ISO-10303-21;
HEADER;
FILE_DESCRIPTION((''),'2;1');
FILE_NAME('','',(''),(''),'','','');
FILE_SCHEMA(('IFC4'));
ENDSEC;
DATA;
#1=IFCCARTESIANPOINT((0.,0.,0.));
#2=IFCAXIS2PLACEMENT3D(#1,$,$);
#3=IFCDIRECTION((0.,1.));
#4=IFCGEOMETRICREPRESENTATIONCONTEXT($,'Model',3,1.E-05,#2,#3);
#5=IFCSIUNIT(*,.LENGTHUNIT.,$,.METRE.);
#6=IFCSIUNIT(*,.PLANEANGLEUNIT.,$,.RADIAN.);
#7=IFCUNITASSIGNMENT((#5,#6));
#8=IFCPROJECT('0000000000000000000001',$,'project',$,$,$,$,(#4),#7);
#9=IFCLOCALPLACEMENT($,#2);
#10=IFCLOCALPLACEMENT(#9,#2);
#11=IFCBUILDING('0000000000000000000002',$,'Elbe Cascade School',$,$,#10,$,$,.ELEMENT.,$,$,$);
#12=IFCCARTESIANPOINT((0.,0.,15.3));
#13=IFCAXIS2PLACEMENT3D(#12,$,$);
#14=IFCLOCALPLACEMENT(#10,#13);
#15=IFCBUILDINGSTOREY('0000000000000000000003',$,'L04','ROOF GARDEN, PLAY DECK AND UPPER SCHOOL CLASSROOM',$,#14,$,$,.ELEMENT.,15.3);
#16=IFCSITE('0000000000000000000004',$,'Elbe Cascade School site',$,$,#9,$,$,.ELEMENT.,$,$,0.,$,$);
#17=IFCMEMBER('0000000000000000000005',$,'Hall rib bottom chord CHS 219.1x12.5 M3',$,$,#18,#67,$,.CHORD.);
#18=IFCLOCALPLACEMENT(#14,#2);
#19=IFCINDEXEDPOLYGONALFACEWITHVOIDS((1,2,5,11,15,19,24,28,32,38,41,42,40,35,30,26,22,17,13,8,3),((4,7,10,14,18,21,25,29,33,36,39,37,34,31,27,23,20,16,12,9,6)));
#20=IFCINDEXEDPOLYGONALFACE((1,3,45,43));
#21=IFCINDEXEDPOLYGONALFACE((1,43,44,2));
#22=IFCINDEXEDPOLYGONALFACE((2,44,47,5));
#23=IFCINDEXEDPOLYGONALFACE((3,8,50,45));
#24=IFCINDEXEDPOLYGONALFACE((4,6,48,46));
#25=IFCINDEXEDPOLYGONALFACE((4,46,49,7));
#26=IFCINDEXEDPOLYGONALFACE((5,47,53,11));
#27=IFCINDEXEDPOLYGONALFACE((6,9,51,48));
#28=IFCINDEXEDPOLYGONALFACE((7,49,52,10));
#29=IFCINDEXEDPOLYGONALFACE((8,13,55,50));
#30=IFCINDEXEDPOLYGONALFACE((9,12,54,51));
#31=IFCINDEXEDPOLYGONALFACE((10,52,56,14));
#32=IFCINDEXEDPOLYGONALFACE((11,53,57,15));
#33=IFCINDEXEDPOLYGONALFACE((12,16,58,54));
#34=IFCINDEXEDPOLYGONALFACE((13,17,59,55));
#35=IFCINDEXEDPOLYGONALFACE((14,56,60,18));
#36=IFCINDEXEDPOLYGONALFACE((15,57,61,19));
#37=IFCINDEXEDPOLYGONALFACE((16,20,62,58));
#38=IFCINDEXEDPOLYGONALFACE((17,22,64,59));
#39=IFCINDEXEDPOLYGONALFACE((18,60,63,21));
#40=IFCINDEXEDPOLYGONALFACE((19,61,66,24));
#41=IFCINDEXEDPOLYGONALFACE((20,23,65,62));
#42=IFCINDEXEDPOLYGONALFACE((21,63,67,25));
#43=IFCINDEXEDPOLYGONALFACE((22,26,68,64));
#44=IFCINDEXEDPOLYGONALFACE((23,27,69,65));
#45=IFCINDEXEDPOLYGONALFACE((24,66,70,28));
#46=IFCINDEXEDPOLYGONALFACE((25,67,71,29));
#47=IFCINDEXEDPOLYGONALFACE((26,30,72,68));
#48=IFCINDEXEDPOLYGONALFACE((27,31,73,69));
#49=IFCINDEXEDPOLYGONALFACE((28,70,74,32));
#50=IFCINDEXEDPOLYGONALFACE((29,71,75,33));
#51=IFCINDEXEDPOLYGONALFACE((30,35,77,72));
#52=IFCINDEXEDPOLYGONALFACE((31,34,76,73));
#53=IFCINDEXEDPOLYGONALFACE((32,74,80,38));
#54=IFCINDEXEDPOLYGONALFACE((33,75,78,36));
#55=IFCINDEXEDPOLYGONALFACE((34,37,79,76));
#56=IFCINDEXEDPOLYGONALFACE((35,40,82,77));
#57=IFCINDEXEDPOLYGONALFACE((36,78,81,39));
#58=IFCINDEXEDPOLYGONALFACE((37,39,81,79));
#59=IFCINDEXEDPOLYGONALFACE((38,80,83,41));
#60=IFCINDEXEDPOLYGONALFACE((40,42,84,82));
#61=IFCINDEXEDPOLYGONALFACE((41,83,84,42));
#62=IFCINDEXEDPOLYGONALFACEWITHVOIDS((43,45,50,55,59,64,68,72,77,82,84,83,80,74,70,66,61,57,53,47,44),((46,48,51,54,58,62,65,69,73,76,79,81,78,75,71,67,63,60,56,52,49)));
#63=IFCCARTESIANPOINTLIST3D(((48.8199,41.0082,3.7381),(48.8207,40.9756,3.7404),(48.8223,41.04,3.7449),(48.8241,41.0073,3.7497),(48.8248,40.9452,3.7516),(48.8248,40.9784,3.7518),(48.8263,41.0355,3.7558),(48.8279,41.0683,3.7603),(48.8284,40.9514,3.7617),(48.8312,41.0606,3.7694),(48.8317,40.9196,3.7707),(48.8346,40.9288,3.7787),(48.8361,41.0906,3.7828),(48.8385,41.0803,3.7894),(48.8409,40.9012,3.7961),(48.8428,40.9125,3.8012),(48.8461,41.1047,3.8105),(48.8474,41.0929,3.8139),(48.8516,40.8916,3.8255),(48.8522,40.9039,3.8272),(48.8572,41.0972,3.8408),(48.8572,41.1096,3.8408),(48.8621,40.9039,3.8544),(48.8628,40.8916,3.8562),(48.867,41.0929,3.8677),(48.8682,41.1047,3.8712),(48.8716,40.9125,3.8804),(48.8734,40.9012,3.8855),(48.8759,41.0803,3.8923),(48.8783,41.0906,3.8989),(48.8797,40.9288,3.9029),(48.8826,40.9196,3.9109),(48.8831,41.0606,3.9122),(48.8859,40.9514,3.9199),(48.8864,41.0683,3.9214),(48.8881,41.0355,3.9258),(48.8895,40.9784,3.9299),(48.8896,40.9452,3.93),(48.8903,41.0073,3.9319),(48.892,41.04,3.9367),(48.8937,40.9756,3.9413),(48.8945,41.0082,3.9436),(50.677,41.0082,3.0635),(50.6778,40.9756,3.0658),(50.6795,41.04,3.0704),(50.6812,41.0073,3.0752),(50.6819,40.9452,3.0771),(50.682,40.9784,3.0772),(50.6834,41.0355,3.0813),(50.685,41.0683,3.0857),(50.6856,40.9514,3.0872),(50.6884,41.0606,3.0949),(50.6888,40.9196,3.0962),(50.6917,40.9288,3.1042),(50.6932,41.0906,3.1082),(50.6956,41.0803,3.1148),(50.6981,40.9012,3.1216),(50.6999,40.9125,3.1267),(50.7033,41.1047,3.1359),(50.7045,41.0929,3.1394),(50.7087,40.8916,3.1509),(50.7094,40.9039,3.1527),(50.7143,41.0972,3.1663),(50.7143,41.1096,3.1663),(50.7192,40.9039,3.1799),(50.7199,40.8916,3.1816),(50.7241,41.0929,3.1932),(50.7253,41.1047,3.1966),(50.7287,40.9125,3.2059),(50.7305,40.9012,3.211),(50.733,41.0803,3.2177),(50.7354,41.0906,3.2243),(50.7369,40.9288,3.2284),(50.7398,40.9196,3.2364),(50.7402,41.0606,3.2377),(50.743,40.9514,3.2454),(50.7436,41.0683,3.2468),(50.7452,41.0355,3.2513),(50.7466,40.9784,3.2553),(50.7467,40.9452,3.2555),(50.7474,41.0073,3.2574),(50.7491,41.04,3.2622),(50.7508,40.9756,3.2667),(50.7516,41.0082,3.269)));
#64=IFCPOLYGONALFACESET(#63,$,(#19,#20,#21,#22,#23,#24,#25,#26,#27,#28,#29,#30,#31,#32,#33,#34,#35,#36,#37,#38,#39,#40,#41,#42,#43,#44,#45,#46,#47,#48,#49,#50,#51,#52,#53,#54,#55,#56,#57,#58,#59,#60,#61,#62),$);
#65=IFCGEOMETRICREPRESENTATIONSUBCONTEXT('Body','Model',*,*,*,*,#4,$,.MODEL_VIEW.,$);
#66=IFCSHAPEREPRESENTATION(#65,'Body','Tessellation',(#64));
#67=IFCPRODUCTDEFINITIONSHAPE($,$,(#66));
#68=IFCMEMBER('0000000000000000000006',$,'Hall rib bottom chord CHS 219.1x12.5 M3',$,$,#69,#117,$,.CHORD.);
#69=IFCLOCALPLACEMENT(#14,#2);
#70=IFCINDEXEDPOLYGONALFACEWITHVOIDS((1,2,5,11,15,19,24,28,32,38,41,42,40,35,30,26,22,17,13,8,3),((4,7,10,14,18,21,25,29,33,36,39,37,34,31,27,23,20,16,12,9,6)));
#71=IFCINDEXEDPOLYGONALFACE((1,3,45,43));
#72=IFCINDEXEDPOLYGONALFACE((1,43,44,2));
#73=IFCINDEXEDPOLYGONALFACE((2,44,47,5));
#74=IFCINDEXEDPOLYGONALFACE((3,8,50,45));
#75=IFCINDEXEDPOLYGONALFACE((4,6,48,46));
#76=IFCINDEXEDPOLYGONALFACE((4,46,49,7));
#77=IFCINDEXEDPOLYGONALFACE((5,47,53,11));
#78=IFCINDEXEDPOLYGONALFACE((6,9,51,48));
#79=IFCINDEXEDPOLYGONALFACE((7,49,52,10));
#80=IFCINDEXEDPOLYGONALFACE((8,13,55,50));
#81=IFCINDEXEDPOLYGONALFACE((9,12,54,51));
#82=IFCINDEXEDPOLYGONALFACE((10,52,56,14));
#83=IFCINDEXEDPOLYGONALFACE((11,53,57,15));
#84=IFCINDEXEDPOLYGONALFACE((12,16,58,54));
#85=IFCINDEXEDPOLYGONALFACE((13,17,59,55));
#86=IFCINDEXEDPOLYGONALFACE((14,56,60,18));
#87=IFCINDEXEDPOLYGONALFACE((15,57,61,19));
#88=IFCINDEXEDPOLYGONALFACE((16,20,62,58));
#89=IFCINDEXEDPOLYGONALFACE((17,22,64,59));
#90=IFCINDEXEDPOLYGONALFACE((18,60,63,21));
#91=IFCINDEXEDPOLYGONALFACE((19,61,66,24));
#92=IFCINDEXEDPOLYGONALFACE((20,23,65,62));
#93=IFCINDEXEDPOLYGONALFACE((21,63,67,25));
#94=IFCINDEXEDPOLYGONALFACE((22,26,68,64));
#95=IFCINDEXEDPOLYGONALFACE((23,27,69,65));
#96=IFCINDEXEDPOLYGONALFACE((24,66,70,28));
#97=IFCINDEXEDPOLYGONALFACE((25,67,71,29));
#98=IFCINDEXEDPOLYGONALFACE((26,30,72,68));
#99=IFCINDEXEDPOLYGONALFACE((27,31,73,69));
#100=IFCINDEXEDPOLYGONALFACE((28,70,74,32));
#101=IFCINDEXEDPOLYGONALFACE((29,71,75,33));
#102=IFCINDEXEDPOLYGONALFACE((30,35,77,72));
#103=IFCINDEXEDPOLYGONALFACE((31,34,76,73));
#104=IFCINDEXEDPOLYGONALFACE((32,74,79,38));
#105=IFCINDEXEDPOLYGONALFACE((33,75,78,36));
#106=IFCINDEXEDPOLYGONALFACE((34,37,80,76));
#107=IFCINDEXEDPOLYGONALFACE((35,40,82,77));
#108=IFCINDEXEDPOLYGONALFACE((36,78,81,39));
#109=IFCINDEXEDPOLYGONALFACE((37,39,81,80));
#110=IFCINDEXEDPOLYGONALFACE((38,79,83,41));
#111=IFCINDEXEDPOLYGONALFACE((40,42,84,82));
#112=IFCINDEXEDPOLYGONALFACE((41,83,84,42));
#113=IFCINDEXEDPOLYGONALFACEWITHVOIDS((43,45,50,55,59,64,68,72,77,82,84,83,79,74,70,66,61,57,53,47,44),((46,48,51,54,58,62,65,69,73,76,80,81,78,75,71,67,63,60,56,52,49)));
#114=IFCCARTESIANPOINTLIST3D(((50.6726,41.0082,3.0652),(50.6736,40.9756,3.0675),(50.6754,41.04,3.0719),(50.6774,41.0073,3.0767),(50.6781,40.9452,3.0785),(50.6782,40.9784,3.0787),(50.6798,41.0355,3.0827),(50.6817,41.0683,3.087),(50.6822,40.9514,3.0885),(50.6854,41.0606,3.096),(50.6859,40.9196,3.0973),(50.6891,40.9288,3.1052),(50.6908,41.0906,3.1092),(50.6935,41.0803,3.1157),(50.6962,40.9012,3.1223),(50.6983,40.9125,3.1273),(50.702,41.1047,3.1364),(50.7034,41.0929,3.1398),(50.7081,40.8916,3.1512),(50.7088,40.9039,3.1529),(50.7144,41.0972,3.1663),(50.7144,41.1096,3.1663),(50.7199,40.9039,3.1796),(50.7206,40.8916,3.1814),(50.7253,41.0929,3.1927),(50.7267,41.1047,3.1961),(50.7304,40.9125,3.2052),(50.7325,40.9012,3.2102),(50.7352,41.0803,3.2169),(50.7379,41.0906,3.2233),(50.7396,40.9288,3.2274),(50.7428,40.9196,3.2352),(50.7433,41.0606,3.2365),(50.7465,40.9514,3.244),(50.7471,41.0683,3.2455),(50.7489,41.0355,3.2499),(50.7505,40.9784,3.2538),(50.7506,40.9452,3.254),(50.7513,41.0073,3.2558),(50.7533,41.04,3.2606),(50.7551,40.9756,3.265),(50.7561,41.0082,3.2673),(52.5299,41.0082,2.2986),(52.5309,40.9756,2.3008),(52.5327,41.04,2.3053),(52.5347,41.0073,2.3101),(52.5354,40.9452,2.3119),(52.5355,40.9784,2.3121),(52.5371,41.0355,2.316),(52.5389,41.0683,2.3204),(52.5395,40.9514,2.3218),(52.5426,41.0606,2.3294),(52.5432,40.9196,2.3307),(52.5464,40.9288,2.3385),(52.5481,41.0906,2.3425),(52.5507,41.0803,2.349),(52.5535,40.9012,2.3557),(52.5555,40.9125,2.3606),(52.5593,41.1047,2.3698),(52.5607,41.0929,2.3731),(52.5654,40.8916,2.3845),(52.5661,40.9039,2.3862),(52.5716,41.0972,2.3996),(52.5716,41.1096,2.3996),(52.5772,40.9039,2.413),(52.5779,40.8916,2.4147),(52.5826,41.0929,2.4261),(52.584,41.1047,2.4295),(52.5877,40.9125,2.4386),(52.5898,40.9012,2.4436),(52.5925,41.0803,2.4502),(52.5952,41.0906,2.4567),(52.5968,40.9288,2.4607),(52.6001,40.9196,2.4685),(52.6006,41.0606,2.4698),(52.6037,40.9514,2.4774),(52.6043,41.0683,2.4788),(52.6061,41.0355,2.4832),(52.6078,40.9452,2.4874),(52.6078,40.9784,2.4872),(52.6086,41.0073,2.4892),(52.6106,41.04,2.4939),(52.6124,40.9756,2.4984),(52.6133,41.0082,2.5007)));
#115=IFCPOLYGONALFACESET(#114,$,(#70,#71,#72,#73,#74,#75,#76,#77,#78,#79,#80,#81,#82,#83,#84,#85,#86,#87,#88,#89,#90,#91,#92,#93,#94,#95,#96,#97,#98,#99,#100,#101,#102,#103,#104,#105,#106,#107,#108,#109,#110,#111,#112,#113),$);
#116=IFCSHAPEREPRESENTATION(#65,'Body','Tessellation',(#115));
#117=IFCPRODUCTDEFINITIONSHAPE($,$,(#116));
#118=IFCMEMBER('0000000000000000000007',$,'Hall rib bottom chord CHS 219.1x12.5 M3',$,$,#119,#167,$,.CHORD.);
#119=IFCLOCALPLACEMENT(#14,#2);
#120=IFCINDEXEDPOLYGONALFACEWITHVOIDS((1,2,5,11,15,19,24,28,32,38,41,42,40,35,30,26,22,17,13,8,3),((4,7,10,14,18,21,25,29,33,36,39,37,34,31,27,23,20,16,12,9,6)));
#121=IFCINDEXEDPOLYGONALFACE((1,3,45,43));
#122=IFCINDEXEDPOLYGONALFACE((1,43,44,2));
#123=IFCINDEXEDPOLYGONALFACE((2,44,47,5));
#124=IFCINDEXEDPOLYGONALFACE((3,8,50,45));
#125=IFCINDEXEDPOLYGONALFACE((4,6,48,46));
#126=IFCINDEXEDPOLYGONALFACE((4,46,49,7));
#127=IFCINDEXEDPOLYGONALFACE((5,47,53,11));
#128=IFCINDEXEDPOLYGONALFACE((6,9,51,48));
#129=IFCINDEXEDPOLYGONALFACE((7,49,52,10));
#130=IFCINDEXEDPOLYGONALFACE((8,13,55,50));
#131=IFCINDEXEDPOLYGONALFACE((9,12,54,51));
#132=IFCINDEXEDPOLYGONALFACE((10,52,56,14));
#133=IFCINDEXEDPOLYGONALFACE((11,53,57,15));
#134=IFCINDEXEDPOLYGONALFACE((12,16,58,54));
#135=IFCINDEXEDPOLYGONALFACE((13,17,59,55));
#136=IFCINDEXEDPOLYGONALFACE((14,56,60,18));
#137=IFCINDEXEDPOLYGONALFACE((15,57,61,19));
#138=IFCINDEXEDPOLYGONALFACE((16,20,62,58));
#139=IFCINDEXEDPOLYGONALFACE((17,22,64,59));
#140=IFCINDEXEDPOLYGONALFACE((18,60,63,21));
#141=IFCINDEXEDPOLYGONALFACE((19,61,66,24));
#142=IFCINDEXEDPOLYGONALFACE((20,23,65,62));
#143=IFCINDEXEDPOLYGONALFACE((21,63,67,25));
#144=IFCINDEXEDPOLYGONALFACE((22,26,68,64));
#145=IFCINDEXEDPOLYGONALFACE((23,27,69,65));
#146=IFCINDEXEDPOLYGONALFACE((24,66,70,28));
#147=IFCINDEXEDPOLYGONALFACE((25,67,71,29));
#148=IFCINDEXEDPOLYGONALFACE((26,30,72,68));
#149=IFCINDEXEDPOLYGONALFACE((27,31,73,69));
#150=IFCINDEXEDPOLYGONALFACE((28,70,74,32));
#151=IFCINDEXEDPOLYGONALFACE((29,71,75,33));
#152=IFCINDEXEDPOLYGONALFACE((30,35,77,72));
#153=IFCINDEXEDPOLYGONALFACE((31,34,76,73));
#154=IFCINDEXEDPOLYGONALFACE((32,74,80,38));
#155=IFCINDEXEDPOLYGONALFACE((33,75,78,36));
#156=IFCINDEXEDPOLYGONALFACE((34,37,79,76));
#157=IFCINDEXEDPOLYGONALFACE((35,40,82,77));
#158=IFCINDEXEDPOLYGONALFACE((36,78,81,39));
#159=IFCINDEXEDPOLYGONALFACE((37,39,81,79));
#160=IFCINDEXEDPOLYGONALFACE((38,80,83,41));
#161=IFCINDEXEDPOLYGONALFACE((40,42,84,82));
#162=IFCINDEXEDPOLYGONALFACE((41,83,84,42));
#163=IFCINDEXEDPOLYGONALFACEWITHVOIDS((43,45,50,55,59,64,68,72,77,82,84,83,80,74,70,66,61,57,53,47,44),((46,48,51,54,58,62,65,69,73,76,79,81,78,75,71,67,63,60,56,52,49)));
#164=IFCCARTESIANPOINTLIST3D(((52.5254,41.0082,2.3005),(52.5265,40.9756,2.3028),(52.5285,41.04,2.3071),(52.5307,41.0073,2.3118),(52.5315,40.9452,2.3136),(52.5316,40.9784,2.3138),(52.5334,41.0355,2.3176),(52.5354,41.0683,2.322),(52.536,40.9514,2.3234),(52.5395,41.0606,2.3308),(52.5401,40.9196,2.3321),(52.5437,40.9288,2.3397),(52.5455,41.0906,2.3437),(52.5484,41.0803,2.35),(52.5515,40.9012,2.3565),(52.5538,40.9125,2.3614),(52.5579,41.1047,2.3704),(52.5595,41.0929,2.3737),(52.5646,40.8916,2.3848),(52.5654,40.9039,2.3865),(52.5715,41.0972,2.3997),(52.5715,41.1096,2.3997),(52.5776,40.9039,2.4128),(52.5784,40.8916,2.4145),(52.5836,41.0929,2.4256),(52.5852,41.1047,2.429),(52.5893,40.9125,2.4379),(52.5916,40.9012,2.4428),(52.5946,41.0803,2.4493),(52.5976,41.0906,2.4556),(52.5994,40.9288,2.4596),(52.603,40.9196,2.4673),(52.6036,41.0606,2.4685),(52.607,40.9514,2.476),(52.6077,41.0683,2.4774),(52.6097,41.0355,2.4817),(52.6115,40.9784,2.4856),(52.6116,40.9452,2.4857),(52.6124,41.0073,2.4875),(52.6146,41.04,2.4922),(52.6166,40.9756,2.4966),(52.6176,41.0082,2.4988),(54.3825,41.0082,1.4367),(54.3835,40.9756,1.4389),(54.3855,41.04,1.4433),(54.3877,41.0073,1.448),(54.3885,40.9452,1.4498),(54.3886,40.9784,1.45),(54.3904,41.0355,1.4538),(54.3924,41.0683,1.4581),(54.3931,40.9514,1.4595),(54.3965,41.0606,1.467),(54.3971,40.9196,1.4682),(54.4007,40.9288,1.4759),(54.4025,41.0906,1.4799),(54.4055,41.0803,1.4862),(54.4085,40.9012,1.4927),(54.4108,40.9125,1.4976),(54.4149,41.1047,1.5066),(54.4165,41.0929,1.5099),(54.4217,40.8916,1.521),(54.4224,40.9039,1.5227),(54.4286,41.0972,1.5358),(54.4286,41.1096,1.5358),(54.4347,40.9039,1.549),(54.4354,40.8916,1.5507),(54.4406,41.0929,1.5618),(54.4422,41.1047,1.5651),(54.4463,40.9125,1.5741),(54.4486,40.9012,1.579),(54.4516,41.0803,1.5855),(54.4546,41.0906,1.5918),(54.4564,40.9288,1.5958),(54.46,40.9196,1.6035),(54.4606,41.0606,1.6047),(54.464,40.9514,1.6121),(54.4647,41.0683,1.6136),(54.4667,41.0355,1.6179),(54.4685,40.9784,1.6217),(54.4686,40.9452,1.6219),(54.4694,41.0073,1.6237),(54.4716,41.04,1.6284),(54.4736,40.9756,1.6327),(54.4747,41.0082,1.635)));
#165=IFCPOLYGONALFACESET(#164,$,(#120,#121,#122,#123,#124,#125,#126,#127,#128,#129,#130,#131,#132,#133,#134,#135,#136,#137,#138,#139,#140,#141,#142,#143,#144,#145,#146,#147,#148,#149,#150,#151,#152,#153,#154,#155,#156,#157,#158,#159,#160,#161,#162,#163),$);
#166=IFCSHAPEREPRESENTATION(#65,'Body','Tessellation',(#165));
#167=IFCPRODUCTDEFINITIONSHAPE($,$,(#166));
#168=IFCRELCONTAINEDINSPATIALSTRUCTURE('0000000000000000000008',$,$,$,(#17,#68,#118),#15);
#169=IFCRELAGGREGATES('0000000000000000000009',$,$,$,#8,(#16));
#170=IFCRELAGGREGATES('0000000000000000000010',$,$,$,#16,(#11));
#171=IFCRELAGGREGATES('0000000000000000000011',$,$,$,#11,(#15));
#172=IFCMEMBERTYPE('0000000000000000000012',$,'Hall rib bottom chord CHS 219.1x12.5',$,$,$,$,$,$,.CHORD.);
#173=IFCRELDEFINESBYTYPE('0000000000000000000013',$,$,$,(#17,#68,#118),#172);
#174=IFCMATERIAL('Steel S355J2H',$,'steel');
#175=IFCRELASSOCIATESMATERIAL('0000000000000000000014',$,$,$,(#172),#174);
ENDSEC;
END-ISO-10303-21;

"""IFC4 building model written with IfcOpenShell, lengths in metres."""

from ifc_helpers import new_model, si_unit, direction, frame, origin, origin_2d, place, context, subcontext, project, spatial, hollow_circle, extrude, material, material_profile, profile_set, type_object, element, save


model = new_model("IFC4")

# Units and contexts
model_context = context("Model", 3, precision=1e-05, world=origin(), true_north=direction((0.0, 1.0)))
body_context = subcontext(model_context, "Body", "Model", "MODEL_VIEW")
ifc_project = project(units=[si_unit("LENGTHUNIT", "METRE"), si_unit("PLANEANGLEUNIT", "RADIAN")], contexts=[model_context])

# Site, building, storey
site_placement = place(None, origin())
site = spatial("IfcSite", under=ifc_project, at=site_placement, Name="Elbe Cascade School site", CompositionType="ELEMENT", RefElevation=0.0)
building_placement = place(site_placement, origin())
building = spatial("IfcBuilding", under=site, at=building_placement, Name="Elbe Cascade School", CompositionType="ELEMENT")
storey_placement = place(building_placement, frame((0.0, 0.0, 15.3)))
storey = spatial("IfcBuildingStorey", under=building, at=storey_placement, Name="L04", Description="ROOF GARDEN, PLAY DECK AND UPPER SCHOOL CLASSROOM", CompositionType="ELEMENT", Elevation=15.3)

# Members
ifc_material_1 = material(Name="Steel S355J2H", Category="steel")
ifc_material_profile_1 = material_profile(ifc_material_1, hollow_circle(Radius=0.1096, WallThickness=0.0125, at=origin_2d()), Name="CHS 219.1x12.5")
ifc_profile_set_1 = profile_set([ifc_material_profile_1], Name="Steel S355J2H")
member_type_1 = type_object("IfcMemberType", Name="Hall rib bottom chord CHS 219.1x12.5", PredefinedType="CHORD", material=ifc_profile_set_1)
for number, where, z_axis, x_axis, name in (
    (1, (48.8572, 41.0, 3.8408), (0.93992, 0.0, -0.341396), (0.0, 1.0, 0.0), "Hall rib bottom chord CHS 219.1x12.5 M3"),
):
    element("IfcMember", number, at=place(storey_placement, frame(where, z_axis=z_axis, x_axis=x_axis)), inside=storey, type_object=member_type_1, Name=name, PredefinedType="CHORD", context=body_context, shape_type="SweptSolid", body=[
        extrude(hollow_circle(Radius=0.1096, WallThickness=0.0125, at=origin_2d()), origin(), (0.0, 0.0, 1.0), 1.9758),
    ])
member_1_placement = place(storey_placement, frame((50.7144, 41.0, 3.1663), z_axis=(0.924348, 0.0, -0.38155), x_axis=(0.0, 1.0, 0.0)))
element("IfcMember", 2, at=member_1_placement, inside=storey, type_object=member_type_1, Name="Hall rib bottom chord CHS 219.1x12.5 M3", PredefinedType="CHORD", context=body_context, shape_type="SweptSolid", body=[
    extrude(hollow_circle(Radius=0.1096, WallThickness=0.0125, at=origin_2d()), origin(), (0.0, 0.0, 1.0), 2.0093),
])
member_2_placement = place(storey_placement, frame((52.5715, 41.0, 2.3997), z_axis=(0.906706, 0.0, -0.421763), x_axis=(0.0, 1.0, 0.0)))
element("IfcMember", 3, at=member_2_placement, inside=storey, type_object=member_type_1, Name="Hall rib bottom chord CHS 219.1x12.5 M3", PredefinedType="CHORD", context=body_context, shape_type="SweptSolid", body=[
    extrude(hollow_circle(Radius=0.1096, WallThickness=0.0125, at=origin_2d()), origin(), (0.0, 0.0, 1.0), 2.0481),
])

save(model, "model.ifc")
